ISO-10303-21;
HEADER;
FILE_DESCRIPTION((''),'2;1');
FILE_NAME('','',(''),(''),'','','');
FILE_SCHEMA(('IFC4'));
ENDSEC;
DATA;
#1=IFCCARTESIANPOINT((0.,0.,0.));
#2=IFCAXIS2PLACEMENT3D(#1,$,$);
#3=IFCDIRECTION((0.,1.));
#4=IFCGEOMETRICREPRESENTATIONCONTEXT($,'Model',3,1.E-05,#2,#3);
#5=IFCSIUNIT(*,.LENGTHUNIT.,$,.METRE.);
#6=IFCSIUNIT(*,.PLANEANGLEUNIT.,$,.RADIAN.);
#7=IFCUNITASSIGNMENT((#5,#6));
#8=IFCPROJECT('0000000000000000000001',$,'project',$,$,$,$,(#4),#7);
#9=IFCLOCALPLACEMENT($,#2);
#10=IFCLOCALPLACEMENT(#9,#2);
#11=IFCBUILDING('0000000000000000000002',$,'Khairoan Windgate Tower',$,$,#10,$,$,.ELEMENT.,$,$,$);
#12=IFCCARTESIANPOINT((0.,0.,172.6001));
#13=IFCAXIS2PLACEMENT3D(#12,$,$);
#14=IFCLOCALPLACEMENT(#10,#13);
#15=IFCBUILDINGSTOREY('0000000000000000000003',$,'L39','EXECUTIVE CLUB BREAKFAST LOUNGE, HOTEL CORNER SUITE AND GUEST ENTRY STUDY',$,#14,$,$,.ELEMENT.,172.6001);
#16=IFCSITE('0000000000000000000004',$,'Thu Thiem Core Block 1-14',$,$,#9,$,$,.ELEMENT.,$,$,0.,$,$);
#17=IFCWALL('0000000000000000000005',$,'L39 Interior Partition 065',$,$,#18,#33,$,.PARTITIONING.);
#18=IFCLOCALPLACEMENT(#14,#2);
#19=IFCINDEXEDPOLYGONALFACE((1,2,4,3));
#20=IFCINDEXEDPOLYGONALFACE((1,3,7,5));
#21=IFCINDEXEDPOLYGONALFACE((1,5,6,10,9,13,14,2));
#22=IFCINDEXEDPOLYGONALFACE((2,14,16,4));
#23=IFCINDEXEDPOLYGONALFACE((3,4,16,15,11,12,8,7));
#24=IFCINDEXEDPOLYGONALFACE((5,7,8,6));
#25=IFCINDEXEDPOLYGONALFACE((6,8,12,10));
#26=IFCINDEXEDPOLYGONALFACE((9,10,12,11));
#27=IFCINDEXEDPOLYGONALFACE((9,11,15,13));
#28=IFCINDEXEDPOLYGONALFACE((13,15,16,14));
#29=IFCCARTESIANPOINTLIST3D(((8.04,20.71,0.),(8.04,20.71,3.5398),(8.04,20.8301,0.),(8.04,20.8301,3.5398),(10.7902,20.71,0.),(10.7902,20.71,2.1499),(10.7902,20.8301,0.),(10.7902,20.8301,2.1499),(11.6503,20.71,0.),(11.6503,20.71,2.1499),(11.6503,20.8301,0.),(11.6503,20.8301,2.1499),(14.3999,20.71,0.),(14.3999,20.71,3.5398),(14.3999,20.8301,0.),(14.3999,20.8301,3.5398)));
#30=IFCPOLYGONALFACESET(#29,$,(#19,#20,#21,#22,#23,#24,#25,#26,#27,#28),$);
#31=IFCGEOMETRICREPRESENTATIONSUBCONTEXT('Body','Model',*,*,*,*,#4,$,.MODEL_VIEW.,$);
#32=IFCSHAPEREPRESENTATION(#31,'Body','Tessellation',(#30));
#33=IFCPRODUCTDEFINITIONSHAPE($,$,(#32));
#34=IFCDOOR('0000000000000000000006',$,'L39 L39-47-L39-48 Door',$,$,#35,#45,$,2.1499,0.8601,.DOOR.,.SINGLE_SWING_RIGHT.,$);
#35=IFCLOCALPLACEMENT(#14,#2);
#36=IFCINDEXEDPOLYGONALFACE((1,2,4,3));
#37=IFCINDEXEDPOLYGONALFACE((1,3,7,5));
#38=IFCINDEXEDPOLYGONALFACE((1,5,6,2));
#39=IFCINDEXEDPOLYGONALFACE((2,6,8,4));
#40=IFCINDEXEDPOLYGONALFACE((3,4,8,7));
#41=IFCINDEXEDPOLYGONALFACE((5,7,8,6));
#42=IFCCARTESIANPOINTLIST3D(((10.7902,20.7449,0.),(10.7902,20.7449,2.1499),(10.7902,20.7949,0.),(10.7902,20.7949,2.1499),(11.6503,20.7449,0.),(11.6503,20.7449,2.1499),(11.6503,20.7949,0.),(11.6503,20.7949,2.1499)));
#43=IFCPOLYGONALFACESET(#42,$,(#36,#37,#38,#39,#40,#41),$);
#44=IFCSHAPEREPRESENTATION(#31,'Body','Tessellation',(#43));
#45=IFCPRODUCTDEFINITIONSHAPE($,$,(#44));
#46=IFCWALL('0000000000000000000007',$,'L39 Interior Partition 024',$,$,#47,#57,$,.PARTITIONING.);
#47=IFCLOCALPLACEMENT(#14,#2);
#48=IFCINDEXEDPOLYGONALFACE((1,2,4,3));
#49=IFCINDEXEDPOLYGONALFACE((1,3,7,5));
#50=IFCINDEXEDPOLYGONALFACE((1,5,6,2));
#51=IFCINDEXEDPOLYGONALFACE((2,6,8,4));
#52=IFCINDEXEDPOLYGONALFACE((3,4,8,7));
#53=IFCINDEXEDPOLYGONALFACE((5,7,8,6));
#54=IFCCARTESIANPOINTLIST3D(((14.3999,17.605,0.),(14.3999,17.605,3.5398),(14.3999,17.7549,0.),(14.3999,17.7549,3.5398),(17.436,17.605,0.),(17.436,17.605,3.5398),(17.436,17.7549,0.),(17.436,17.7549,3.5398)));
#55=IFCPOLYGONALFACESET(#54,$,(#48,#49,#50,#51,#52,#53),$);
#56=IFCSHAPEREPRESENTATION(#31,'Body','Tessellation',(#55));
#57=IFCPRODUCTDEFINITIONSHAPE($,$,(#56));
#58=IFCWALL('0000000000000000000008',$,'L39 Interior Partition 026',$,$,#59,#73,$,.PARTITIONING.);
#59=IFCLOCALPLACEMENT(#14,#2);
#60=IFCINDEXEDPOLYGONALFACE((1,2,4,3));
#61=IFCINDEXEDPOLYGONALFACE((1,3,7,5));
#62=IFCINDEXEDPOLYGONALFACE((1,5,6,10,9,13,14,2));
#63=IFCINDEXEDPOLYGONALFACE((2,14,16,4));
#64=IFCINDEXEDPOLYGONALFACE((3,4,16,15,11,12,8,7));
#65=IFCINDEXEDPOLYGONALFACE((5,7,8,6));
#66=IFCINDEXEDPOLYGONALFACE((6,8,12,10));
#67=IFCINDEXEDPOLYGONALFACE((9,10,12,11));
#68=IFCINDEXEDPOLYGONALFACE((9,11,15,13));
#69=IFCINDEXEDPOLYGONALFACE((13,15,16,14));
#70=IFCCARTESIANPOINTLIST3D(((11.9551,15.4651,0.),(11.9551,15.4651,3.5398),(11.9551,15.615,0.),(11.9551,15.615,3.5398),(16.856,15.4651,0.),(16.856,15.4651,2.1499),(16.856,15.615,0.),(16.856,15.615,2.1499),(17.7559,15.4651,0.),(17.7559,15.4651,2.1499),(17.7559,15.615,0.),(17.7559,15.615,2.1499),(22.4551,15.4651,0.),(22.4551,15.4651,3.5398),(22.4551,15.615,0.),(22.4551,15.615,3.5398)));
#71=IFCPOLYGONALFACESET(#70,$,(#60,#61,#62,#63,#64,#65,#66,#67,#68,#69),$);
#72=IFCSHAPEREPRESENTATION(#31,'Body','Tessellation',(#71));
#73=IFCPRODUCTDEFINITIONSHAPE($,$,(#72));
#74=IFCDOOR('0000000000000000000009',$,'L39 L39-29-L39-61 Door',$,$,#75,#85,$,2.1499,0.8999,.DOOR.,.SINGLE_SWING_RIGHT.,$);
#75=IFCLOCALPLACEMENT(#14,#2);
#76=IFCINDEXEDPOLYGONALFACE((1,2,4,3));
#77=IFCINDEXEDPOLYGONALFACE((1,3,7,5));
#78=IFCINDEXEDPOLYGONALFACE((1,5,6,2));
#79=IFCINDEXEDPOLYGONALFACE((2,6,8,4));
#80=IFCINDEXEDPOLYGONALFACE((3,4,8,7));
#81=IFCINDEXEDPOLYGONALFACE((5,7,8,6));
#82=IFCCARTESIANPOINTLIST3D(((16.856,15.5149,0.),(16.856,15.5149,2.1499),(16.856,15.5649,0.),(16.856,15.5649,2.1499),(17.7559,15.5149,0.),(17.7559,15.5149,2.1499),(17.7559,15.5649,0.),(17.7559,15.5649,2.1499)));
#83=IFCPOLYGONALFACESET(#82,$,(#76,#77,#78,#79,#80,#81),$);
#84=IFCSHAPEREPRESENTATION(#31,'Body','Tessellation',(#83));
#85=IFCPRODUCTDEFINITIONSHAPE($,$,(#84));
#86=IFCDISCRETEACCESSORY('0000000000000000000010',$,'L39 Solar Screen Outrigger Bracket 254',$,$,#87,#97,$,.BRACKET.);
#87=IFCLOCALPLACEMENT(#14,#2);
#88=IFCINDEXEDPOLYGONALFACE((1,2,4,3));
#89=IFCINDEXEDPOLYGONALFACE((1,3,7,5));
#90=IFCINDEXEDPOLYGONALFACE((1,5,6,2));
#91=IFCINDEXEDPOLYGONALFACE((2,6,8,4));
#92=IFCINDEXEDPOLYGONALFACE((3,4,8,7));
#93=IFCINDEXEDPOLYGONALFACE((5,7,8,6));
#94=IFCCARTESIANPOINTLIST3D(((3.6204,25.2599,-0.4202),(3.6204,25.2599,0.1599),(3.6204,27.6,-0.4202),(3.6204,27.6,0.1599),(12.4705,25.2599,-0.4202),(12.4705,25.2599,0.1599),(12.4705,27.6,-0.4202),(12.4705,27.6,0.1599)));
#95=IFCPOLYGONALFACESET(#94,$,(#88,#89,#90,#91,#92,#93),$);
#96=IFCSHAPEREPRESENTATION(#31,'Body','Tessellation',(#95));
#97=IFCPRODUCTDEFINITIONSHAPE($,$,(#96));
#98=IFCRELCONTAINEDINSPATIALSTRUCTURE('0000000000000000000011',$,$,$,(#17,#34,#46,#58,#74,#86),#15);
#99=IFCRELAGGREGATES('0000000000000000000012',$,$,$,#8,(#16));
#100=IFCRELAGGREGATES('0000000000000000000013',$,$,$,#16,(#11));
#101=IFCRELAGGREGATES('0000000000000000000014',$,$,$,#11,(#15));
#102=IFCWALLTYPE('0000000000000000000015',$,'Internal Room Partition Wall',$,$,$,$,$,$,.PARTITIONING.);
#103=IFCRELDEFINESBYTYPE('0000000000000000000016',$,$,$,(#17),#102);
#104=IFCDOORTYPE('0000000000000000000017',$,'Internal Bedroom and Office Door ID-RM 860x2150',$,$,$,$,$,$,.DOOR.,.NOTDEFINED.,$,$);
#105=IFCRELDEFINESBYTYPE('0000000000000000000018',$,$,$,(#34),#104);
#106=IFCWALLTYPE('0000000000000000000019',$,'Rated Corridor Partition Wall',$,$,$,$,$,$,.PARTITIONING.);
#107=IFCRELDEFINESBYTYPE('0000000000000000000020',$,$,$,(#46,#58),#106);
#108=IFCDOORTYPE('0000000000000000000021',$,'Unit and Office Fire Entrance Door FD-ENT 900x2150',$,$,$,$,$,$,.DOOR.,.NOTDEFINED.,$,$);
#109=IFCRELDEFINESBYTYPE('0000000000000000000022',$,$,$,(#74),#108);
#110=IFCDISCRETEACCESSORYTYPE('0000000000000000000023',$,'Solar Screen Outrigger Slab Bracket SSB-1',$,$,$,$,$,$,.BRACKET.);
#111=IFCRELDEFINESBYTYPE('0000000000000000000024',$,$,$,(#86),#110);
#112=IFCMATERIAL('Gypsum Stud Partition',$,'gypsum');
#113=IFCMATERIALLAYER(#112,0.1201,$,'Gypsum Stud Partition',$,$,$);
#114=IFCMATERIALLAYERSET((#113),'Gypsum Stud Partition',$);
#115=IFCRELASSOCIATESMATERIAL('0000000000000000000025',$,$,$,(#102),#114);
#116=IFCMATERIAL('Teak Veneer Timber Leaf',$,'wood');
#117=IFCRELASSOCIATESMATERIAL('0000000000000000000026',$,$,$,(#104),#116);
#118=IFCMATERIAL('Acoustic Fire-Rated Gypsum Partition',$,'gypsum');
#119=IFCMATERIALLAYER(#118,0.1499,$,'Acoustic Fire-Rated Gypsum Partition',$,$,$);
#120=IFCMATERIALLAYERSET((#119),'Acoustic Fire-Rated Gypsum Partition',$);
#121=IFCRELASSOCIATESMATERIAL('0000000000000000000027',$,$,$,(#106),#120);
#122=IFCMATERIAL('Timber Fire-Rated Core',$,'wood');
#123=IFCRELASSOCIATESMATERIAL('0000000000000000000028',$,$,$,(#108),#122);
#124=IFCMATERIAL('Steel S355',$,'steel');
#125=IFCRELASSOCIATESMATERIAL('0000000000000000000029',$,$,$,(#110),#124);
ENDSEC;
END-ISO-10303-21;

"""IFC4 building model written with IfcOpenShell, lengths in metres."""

from ifc_helpers import new_model, si_unit, direction, frame, frame_2d, origin, origin_2d, place, context, subcontext, project, spatial, rectangle, extrude, material, layer, layer_set, type_object, element, fill, save


model = new_model("IFC4")

# Units and contexts
model_context = context("Model", 3, precision=1e-05, world=origin(), true_north=direction((0.0, 1.0)))
body_context = subcontext(model_context, "Body", "Model", "MODEL_VIEW")
ifc_project = project(units=[si_unit("LENGTHUNIT", "METRE"), si_unit("PLANEANGLEUNIT", "RADIAN")], contexts=[model_context])

# Site, building, storey
site_placement = place(None, origin())
site = spatial("IfcSite", under=ifc_project, at=site_placement, Name="Thu Thiem Core Block 1-14", CompositionType="ELEMENT", RefElevation=0.0)
building_placement = place(site_placement, origin())
building = spatial("IfcBuilding", under=site, at=building_placement, Name="Khairoan Windgate Tower", CompositionType="ELEMENT")
storey_placement = place(building_placement, frame((0.0, 0.0, 172.6001)))
storey = spatial("IfcBuildingStorey", under=building, at=storey_placement, Name="L39", Description="EXECUTIVE CLUB BREAKFAST LOUNGE, HOTEL CORNER SUITE AND GUEST ENTRY STUDY", CompositionType="ELEMENT", Elevation=172.6001)

# Wall, opening, door
ifc_material_1 = material(Name="Gypsum Stud Partition", Category="gypsum")
ifc_layer_1 = layer(ifc_material_1, 0.1201, Name="Gypsum Stud Partition")
ifc_layer_set_1 = layer_set([ifc_layer_1], Name="Gypsum Stud Partition")
wall_type_1 = type_object("IfcWallType", Name="Internal Room Partition Wall", PredefinedType="PARTITIONING", material=ifc_layer_set_1)
wall_1_placement = place(storey_placement, frame((8.04, 20.77, 0.0), z_axis=(0.0, 0.0, 1.0), x_axis=(1.0, 0.0, 0.0)))
wall_1 = element("IfcWall", 1, at=wall_1_placement, inside=storey, type_object=wall_type_1, Name="L39 Interior Partition 065", PredefinedType="PARTITIONING", context=body_context, shape_type="SweptSolid", body=[
    extrude(rectangle(XDim=6.3599, YDim=0.1201, at=frame_2d((3.1799, 0.0))), origin(), (0.0, 0.0, 1.0), 3.5398),
])
opening_1_placement = place(wall_1_placement, frame((2.75, 0.0, 0.0)))
opening_1 = element("IfcOpeningElement", 2, at=opening_1_placement, cuts=wall_1, PredefinedType="OPENING", context=body_context, shape_type="SweptSolid", body=[
    extrude(rectangle(XDim=0.8601, YDim=2.1499, at=frame_2d((0.4302, 1.075))), frame((0.0, 0.0701, 0.0), z_axis=(0.0, -1.0, 0.0), x_axis=(1.0, 0.0, 0.0)), (0.0, 0.0, 1.0), 0.1401),
])
ifc_material_2 = material(Name="Teak Veneer Timber Leaf", Category="wood")
door_type_1 = type_object("IfcDoorType", Name="Internal Bedroom and Office Door ID-RM 860x2150", OperationType="NOTDEFINED", PredefinedType="DOOR", material=ifc_material_2)
door_1_placement = place(opening_1_placement, origin())
door_1 = element("IfcDoor", 3, at=door_1_placement, inside=storey, type_object=door_type_1, Name="L39 L39-47-L39-48 Door", OperationType="SINGLE_SWING_RIGHT", OverallHeight=2.1499, OverallWidth=0.8601, PredefinedType="DOOR", context=body_context, shape_type="SweptSolid", body=[
    extrude(rectangle(XDim=0.8601, YDim=2.1499, at=frame_2d((0.4302, 1.075))), frame((0.0, 0.0249, 0.0), z_axis=(0.0, -1.0, 0.0), x_axis=(1.0, 0.0, 0.0)), (0.0, 0.0, 1.0), 0.05),
])
fill(opening_1, door_1)

# Wall
ifc_material_3 = material(Name="Acoustic Fire-Rated Gypsum Partition", Category="gypsum")
ifc_layer_2 = layer(ifc_material_3, 0.1499, Name="Acoustic Fire-Rated Gypsum Partition")
ifc_layer_set_2 = layer_set([ifc_layer_2], Name="Acoustic Fire-Rated Gypsum Partition")
wall_type_2 = type_object("IfcWallType", Name="Rated Corridor Partition Wall", PredefinedType="PARTITIONING", material=ifc_layer_set_2)
wall_2_placement = place(storey_placement, frame((14.3999, 17.6799, 0.0), z_axis=(0.0, 0.0, 1.0), x_axis=(1.0, 0.0, 0.0)))
element("IfcWall", 4, at=wall_2_placement, inside=storey, type_object=wall_type_2, Name="L39 Interior Partition 024", PredefinedType="PARTITIONING", context=body_context, shape_type="SweptSolid", body=[
    extrude(rectangle(XDim=3.0361, YDim=0.1499, at=frame_2d((1.5181, 0.0))), origin(), (0.0, 0.0, 1.0), 3.5398),
])

# Wall, opening, door
wall_3_placement = place(storey_placement, frame((11.9551, 15.54, 0.0), z_axis=(0.0, 0.0, 1.0), x_axis=(1.0, 0.0, 0.0)))
wall_3 = element("IfcWall", 5, at=wall_3_placement, inside=storey, type_object=wall_type_2, Name="L39 Interior Partition 026", PredefinedType="PARTITIONING", context=body_context, shape_type="SweptSolid", body=[
    extrude(rectangle(XDim=10.5, YDim=0.1499, at=frame_2d((5.25, 0.0))), origin(), (0.0, 0.0, 1.0), 3.5398),
])
opening_2_placement = place(wall_3_placement, frame((4.9009, 0.0, 0.0)))
opening_2 = element("IfcOpeningElement", 6, at=opening_2_placement, cuts=wall_3, PredefinedType="OPENING", context=body_context, shape_type="SweptSolid", body=[
    extrude(rectangle(XDim=0.8999, YDim=2.1499, at=frame_2d((0.45, 1.075))), frame((0.0, 0.085, 0.0), z_axis=(0.0, -1.0, 0.0), x_axis=(1.0, 0.0, 0.0)), (0.0, 0.0, 1.0), 0.1699),
])
ifc_material_4 = material(Name="Timber Fire-Rated Core", Category="wood")
door_type_2 = type_object("IfcDoorType", Name="Unit and Office Fire Entrance Door FD-ENT 900x2150", OperationType="NOTDEFINED", PredefinedType="DOOR", material=ifc_material_4)
door_2_placement = place(opening_2_placement, origin())
door_2 = element("IfcDoor", 7, at=door_2_placement, inside=storey, type_object=door_type_2, Name="L39 L39-29-L39-61 Door", OperationType="SINGLE_SWING_RIGHT", OverallHeight=2.1499, OverallWidth=0.8999, PredefinedType="DOOR", context=body_context, shape_type="SweptSolid", body=[
    extrude(rectangle(XDim=0.8999, YDim=2.1499, at=frame_2d((0.45, 1.075))), frame((0.0, 0.0249, 0.0), z_axis=(0.0, -1.0, 0.0), x_axis=(1.0, 0.0, 0.0)), (0.0, 0.0, 1.0), 0.05),
])
fill(opening_2, door_2)

# Discrete accessory
ifc_material_5 = material(Name="Steel S355", Category="steel")
discrete_accessory_type = type_object("IfcDiscreteAccessoryType", Name="Solar Screen Outrigger Slab Bracket SSB-1", PredefinedType="BRACKET", material=ifc_material_5)
discrete_accessory_placement = place(storey_placement, frame((8.0454, 26.4299, -0.4202), z_axis=(0.0, 0.0, 1.0), x_axis=(1.0, 0.0, 0.0)))
element("IfcDiscreteAccessory", 8, at=discrete_accessory_placement, inside=storey, type_object=discrete_accessory_type, Name="L39 Solar Screen Outrigger Bracket 254", PredefinedType="BRACKET", context=body_context, shape_type="SweptSolid", body=[
    extrude(rectangle(XDim=8.8501, YDim=2.3401, at=origin_2d()), origin(), (0.0, 0.0, 1.0), 0.5801),
])

save(model, "model.ifc")
